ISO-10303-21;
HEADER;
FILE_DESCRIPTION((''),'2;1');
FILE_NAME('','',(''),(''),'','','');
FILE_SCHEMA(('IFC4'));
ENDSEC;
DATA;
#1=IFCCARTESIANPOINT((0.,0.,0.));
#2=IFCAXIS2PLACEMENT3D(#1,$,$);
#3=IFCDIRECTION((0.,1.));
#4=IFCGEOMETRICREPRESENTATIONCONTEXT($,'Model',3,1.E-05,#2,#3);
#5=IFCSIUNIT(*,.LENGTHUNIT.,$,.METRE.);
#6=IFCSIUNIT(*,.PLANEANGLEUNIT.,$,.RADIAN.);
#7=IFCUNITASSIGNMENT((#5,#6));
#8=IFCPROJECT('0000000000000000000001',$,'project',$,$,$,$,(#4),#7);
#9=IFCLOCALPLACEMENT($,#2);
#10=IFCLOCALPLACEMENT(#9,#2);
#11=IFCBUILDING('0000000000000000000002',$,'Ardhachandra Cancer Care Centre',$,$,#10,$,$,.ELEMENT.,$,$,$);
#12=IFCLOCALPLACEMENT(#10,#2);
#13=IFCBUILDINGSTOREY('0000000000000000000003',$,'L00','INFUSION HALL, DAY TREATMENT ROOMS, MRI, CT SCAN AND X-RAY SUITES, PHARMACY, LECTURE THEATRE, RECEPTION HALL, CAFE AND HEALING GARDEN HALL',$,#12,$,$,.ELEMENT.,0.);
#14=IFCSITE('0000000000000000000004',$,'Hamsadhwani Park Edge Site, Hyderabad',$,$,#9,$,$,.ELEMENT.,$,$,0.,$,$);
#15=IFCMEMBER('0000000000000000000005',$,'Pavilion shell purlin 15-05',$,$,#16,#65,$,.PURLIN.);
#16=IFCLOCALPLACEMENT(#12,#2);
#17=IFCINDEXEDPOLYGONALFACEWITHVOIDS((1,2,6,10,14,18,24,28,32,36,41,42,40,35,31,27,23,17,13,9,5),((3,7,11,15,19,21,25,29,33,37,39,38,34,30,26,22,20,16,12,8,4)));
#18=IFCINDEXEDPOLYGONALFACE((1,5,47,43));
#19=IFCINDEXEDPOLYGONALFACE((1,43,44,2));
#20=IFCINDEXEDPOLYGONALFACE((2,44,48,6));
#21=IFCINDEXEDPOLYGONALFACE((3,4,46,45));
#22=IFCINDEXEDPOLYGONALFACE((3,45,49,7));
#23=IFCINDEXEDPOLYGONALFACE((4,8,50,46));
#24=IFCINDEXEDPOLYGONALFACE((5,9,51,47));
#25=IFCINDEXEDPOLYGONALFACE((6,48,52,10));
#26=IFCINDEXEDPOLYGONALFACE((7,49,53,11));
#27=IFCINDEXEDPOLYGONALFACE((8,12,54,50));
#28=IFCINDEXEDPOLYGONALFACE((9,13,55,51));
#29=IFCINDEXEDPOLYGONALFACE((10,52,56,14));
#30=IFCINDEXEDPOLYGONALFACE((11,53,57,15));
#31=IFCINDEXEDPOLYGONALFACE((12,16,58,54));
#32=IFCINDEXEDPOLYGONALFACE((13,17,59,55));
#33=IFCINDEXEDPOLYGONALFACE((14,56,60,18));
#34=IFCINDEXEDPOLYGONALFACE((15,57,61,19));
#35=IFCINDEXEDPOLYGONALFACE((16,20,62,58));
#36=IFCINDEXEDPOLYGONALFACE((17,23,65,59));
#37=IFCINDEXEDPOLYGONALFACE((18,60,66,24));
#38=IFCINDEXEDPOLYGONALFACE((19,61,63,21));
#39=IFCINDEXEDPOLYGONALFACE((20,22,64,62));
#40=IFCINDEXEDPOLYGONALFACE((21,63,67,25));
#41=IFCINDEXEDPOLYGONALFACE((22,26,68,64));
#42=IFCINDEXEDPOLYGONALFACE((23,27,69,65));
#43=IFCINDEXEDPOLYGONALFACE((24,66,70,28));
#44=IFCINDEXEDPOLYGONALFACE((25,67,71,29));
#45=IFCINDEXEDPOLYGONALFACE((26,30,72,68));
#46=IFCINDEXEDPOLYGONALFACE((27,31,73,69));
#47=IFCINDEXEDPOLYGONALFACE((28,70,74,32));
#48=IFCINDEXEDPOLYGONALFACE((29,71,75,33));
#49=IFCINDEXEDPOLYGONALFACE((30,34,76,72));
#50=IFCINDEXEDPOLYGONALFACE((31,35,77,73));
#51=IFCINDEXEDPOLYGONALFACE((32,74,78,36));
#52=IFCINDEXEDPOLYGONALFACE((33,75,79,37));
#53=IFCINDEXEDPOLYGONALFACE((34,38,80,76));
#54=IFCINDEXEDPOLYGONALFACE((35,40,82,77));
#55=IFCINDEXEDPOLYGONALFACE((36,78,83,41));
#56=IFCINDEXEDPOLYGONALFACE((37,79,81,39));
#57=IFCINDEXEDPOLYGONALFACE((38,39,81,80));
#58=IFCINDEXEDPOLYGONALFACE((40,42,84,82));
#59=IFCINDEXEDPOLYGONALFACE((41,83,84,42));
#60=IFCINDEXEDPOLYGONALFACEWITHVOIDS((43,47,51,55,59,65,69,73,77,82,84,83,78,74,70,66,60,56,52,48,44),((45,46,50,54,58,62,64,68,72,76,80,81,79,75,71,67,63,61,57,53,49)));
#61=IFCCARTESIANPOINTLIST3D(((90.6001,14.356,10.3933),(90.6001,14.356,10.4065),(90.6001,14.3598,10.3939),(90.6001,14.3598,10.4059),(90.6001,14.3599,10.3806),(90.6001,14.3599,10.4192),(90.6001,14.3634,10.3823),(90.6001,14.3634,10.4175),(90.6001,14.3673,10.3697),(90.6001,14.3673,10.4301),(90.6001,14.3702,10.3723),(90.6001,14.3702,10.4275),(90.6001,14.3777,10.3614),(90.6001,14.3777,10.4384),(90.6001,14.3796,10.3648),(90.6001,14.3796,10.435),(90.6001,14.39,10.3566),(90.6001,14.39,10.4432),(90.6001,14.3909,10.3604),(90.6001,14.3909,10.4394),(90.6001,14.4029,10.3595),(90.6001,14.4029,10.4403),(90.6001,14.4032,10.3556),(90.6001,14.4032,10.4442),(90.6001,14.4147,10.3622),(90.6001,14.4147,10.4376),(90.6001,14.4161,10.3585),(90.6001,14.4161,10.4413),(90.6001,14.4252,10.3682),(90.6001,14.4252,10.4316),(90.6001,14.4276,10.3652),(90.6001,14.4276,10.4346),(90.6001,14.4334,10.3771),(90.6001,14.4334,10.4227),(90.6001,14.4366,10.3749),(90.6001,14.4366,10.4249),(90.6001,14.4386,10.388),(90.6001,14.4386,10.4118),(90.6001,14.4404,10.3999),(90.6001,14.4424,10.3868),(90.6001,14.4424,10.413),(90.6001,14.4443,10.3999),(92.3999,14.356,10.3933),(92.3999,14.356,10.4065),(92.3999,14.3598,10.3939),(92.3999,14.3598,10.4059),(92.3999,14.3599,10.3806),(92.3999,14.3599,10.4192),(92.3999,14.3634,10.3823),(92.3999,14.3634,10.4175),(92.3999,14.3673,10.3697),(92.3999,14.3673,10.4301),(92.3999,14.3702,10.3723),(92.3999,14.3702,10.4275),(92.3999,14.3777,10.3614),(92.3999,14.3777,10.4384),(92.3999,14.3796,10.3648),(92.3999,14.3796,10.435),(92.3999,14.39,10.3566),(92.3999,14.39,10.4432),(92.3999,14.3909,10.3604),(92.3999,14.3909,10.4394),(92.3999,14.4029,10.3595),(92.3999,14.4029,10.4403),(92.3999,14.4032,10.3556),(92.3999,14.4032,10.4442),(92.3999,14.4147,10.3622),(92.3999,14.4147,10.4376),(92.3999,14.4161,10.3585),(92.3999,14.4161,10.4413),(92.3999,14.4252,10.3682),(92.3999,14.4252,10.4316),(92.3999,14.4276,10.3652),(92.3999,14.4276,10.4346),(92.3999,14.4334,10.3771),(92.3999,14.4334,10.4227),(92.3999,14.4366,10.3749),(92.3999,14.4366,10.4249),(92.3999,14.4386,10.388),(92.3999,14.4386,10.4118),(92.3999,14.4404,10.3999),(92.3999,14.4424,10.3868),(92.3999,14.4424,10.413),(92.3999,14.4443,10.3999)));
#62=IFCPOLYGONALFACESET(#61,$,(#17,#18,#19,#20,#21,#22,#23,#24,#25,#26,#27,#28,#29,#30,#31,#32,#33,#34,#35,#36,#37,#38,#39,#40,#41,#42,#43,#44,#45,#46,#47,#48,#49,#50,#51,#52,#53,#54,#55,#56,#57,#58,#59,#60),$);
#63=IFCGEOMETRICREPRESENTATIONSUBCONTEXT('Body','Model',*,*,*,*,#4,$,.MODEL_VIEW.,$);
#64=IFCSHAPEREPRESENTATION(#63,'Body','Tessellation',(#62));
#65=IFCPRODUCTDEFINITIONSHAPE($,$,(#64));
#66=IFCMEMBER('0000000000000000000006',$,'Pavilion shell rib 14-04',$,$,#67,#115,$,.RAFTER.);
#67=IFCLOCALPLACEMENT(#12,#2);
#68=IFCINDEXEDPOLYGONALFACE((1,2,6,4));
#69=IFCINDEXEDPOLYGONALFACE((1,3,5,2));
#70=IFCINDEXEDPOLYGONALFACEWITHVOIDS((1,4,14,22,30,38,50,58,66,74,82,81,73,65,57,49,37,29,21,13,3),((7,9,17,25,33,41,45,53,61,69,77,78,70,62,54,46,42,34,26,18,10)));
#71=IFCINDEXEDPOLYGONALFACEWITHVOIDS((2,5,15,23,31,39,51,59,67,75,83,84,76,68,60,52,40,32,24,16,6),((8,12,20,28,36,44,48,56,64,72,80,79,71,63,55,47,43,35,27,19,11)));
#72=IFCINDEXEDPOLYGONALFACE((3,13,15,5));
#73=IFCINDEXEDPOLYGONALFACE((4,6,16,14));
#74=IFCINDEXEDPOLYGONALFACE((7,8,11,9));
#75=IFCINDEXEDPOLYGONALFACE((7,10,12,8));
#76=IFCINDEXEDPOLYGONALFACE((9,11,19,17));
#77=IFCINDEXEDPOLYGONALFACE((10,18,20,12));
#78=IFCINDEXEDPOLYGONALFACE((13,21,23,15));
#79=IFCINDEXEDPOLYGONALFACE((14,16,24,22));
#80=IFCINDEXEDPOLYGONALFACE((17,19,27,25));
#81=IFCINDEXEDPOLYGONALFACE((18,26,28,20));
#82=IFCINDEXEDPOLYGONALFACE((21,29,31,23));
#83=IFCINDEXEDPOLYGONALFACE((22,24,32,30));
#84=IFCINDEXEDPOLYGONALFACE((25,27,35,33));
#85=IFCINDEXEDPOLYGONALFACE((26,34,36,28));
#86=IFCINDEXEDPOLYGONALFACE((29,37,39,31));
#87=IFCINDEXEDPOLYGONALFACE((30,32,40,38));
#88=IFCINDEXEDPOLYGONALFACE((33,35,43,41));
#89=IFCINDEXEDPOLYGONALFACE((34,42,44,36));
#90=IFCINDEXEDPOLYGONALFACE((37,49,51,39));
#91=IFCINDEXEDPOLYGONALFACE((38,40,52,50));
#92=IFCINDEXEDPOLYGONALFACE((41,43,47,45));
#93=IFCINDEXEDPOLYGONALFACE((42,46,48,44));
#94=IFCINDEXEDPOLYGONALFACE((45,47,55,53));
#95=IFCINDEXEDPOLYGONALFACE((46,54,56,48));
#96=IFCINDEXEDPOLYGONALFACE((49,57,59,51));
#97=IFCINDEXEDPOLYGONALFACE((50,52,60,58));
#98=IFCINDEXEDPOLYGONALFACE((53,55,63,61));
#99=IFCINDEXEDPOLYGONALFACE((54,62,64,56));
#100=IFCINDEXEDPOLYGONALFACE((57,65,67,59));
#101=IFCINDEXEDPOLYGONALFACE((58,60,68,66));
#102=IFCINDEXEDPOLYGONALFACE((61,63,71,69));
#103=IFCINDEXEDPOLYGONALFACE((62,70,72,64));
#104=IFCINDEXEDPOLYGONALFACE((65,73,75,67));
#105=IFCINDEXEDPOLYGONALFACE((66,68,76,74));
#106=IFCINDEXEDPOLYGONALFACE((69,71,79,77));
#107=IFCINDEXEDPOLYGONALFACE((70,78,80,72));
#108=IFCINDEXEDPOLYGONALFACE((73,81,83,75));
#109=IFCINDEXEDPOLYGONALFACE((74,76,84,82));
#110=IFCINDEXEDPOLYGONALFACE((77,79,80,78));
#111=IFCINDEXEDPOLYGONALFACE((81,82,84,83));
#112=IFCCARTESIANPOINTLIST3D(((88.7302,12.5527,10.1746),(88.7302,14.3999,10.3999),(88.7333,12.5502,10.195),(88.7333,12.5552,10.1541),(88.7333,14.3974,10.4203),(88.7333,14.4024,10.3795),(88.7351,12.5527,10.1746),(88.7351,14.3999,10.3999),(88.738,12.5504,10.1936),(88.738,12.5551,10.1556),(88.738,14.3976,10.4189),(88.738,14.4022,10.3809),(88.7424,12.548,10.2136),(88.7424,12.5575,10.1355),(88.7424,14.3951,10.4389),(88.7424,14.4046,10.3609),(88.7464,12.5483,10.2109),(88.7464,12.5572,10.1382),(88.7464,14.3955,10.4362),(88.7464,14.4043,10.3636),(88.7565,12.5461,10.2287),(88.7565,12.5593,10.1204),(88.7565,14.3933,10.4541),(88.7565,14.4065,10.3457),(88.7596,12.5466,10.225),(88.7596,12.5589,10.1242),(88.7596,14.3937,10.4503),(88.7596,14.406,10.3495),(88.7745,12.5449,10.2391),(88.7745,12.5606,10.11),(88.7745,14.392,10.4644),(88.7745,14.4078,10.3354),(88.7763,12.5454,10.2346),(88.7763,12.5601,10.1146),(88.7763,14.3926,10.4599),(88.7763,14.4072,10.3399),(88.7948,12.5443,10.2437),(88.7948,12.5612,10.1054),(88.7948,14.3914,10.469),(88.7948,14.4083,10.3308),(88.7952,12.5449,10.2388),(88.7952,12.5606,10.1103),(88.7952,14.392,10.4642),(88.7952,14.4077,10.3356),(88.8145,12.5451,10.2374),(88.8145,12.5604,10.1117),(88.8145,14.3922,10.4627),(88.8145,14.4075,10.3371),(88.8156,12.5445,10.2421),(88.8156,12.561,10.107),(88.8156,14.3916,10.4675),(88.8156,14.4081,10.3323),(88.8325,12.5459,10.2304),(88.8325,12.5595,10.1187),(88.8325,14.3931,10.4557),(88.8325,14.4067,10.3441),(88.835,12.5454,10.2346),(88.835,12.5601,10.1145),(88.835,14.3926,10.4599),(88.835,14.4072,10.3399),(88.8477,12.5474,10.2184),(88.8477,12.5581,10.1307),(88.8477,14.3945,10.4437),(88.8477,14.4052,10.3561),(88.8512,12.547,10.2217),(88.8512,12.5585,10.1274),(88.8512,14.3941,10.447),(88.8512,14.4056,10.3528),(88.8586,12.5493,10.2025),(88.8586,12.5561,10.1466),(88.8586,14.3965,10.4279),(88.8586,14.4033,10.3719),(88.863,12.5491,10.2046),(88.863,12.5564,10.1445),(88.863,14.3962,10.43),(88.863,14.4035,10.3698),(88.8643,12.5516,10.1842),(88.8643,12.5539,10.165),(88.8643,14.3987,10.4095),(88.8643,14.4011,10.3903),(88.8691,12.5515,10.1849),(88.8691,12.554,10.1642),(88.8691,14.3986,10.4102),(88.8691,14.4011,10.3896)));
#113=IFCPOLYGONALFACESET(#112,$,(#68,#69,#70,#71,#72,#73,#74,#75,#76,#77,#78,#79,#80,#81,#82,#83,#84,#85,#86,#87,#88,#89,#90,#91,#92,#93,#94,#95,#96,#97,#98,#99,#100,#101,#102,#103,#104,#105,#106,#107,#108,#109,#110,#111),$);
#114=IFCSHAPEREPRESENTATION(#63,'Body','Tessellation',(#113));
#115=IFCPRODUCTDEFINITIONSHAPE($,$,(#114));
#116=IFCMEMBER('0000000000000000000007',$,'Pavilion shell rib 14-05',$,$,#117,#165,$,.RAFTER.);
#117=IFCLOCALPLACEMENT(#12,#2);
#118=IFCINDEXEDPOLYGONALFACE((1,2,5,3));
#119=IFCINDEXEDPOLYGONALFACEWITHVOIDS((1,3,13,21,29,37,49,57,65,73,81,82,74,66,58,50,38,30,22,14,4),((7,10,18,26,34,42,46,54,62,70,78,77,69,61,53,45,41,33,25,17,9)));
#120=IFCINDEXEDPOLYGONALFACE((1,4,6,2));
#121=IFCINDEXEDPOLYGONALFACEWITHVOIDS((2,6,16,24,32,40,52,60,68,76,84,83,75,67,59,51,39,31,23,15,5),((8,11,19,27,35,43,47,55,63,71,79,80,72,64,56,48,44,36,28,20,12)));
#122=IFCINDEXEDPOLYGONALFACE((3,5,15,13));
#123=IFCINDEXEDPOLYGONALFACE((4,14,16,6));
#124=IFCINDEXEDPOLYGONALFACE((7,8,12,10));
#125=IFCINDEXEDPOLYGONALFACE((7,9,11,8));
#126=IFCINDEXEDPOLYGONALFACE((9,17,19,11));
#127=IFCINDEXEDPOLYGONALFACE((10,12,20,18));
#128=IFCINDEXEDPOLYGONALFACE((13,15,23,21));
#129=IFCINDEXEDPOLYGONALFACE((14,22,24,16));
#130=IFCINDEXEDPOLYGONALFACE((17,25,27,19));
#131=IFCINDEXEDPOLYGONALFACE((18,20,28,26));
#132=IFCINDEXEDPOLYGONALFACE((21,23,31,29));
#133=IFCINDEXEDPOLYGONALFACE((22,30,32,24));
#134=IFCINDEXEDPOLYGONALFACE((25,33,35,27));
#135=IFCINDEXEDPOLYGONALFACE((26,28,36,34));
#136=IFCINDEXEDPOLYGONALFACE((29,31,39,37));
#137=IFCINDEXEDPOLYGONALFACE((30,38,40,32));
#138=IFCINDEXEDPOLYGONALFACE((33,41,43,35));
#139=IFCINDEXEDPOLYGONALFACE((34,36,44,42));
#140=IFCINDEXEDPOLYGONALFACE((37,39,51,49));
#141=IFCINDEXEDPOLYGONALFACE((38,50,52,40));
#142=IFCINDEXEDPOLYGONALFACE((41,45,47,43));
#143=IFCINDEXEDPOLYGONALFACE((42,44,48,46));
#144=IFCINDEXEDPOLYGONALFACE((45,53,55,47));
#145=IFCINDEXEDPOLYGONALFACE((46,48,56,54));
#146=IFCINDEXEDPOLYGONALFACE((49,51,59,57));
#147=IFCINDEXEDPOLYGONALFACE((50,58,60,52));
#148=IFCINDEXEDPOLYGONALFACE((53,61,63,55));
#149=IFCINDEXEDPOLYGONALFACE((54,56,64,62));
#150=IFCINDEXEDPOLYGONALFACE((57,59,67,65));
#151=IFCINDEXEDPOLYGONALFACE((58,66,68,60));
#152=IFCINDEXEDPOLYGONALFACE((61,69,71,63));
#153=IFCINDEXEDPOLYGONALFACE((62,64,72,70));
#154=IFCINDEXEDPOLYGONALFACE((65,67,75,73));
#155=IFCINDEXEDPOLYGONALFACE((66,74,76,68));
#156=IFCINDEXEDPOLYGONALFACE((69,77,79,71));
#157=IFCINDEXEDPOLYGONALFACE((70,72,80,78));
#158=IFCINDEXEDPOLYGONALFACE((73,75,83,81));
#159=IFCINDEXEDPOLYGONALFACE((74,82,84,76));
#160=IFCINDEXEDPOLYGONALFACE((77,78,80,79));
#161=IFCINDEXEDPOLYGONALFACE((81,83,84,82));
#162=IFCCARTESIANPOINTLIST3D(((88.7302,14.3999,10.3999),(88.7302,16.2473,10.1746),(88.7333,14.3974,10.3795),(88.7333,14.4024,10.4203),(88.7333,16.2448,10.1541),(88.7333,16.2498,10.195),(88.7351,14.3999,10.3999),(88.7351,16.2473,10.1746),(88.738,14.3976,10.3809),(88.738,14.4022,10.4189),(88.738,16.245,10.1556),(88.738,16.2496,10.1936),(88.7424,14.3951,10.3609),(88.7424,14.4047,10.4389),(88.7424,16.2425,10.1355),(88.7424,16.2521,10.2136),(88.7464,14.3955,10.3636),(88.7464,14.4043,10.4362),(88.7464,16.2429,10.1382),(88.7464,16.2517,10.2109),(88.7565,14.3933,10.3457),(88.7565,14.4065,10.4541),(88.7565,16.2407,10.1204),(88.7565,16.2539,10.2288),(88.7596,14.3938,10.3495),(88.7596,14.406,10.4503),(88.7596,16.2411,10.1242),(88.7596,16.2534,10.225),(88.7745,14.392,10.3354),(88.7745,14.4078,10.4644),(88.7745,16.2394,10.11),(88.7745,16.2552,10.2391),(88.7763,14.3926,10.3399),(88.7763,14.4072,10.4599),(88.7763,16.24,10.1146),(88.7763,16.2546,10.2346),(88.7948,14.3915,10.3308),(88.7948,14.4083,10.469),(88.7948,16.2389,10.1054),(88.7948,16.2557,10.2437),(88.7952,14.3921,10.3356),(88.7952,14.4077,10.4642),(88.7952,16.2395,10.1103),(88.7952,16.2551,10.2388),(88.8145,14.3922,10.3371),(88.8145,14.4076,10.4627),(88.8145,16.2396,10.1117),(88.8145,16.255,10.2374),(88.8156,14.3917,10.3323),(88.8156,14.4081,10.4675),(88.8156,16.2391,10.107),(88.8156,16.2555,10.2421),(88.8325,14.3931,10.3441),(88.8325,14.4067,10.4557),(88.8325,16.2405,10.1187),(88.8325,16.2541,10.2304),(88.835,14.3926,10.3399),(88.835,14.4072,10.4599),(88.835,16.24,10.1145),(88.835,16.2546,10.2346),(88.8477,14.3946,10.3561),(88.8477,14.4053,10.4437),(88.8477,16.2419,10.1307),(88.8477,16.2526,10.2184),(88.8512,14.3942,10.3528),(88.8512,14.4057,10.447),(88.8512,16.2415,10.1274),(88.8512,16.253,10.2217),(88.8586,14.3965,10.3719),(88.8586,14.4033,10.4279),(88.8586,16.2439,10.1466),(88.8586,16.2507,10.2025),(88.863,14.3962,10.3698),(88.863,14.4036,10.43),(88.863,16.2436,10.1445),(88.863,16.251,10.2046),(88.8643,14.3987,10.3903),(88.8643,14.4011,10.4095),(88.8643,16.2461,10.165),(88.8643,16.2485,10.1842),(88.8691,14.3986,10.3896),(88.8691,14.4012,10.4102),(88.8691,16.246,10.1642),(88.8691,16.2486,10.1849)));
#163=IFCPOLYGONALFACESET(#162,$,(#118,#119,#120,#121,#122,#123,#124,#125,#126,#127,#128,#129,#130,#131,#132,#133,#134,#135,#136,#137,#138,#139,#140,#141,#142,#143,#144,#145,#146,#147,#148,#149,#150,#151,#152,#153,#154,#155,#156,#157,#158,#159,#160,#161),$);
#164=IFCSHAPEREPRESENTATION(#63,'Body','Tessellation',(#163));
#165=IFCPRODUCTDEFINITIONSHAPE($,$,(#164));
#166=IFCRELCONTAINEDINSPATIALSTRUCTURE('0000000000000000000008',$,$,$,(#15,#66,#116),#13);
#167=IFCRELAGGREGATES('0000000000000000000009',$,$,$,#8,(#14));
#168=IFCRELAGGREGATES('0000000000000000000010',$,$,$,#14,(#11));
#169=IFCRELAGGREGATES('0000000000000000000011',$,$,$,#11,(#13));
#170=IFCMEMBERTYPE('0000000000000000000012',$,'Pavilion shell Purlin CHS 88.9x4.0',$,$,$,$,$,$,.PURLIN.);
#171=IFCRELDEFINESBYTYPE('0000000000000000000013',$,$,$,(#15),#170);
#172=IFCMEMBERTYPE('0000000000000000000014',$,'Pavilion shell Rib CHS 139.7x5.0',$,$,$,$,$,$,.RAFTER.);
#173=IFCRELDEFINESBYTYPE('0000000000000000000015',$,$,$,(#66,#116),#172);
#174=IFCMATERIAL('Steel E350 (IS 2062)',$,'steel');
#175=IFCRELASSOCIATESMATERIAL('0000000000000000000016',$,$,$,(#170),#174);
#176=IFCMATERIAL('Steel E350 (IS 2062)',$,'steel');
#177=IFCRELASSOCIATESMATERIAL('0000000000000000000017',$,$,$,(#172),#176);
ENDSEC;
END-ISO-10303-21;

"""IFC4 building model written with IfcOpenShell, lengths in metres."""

from ifc_helpers import new_model, si_unit, direction, frame, origin, origin_2d, place, context, subcontext, project, spatial, hollow_circle, extrude, material, material_profile, profile_set, type_object, element, save


model = new_model("IFC4")

# Units and contexts
model_context = context("Model", 3, precision=1e-05, world=origin(), true_north=direction((0.0, 1.0)))
body_context = subcontext(model_context, "Body", "Model", "MODEL_VIEW")
ifc_project = project(units=[si_unit("LENGTHUNIT", "METRE"), si_unit("PLANEANGLEUNIT", "RADIAN")], contexts=[model_context])

# Site, building, storey
site_placement = place(None, origin())
site = spatial("IfcSite", under=ifc_project, at=site_placement, Name="Hamsadhwani Park Edge Site, Hyderabad", CompositionType="ELEMENT", RefElevation=0.0)
building_placement = place(site_placement, origin())
building = spatial("IfcBuilding", under=site, at=building_placement, Name="Ardhachandra Cancer Care Centre", CompositionType="ELEMENT")
storey_placement = place(building_placement, origin())
storey = spatial("IfcBuildingStorey", under=building, at=storey_placement, Name="L00", Description="INFUSION HALL, DAY TREATMENT ROOMS, MRI, CT SCAN AND X-RAY SUITES, PHARMACY, LECTURE THEATRE, RECEPTION HALL, CAFE AND HEALING GARDEN HALL", CompositionType="ELEMENT", Elevation=0.0)

# Members
ifc_material_1 = material(Name="Steel E350 (IS 2062)", Category="steel")
ifc_material_profile_1 = material_profile(ifc_material_1, hollow_circle(Radius=0.0444, WallThickness=0.0039, at=origin_2d()), Name="CHS 88.9x4.0")
ifc_profile_set_1 = profile_set([ifc_material_profile_1], Name="Steel E350 (IS 2062)")
member_type_1 = type_object("IfcMemberType", Name="Pavilion shell Purlin CHS 88.9x4.0", PredefinedType="PURLIN", material=ifc_profile_set_1)
member_1_placement = place(storey_placement, frame((90.6001, 14.3999, 10.3999), z_axis=(1.0, 0.0, 0.0), x_axis=(0.0, 1.0, 0.0)))
element("IfcMember", 1, at=member_1_placement, inside=storey, type_object=member_type_1, Name="Pavilion shell purlin 15-05", PredefinedType="PURLIN", context=body_context, shape_type="SweptSolid", body=[
    extrude(hollow_circle(Radius=0.0444, WallThickness=0.0039, at=origin_2d()), origin(), (0.0, 0.0, 1.0), 1.7998),
])
ifc_material_2 = material(Name="Steel E350 (IS 2062)", Category="steel")
ifc_material_profile_2 = material_profile(ifc_material_2, hollow_circle(Radius=0.0698, WallThickness=0.0049, at=origin_2d()), Name="CHS 139.7x5.0")
ifc_profile_set_2 = profile_set([ifc_material_profile_2], Name="Steel E350 (IS 2062)")
member_type_2 = type_object("IfcMemberType", Name="Pavilion shell Rib CHS 139.7x5.0", PredefinedType="RAFTER", material=ifc_profile_set_2)
member_2_placement = place(storey_placement, frame((88.8, 12.5527, 10.1746), z_axis=(0.0, 0.992641, 0.121095), x_axis=(-1.0, 0.0, 0.0)))
element("IfcMember", 2, at=member_2_placement, inside=storey, type_object=member_type_2, Name="Pavilion shell rib 14-04", PredefinedType="RAFTER", context=body_context, shape_type="SweptSolid", body=[
    extrude(hollow_circle(Radius=0.0698, WallThickness=0.0049, at=origin_2d()), origin(), (0.0, 0.0, 1.0), 1.8608),
])
member_3_placement = place(storey_placement, frame((88.8, 14.3999, 10.3999), z_axis=(0.0, 0.992643, -0.12108), x_axis=(-1.0, 0.0, 0.0)))
element("IfcMember", 3, at=member_3_placement, inside=storey, type_object=member_type_2, Name="Pavilion shell rib 14-05", PredefinedType="RAFTER", context=body_context, shape_type="SweptSolid", body=[
    extrude(hollow_circle(Radius=0.0698, WallThickness=0.0049, at=origin_2d()), origin(), (0.0, 0.0, 1.0), 1.8611),
])

save(model, "model.ifc")
